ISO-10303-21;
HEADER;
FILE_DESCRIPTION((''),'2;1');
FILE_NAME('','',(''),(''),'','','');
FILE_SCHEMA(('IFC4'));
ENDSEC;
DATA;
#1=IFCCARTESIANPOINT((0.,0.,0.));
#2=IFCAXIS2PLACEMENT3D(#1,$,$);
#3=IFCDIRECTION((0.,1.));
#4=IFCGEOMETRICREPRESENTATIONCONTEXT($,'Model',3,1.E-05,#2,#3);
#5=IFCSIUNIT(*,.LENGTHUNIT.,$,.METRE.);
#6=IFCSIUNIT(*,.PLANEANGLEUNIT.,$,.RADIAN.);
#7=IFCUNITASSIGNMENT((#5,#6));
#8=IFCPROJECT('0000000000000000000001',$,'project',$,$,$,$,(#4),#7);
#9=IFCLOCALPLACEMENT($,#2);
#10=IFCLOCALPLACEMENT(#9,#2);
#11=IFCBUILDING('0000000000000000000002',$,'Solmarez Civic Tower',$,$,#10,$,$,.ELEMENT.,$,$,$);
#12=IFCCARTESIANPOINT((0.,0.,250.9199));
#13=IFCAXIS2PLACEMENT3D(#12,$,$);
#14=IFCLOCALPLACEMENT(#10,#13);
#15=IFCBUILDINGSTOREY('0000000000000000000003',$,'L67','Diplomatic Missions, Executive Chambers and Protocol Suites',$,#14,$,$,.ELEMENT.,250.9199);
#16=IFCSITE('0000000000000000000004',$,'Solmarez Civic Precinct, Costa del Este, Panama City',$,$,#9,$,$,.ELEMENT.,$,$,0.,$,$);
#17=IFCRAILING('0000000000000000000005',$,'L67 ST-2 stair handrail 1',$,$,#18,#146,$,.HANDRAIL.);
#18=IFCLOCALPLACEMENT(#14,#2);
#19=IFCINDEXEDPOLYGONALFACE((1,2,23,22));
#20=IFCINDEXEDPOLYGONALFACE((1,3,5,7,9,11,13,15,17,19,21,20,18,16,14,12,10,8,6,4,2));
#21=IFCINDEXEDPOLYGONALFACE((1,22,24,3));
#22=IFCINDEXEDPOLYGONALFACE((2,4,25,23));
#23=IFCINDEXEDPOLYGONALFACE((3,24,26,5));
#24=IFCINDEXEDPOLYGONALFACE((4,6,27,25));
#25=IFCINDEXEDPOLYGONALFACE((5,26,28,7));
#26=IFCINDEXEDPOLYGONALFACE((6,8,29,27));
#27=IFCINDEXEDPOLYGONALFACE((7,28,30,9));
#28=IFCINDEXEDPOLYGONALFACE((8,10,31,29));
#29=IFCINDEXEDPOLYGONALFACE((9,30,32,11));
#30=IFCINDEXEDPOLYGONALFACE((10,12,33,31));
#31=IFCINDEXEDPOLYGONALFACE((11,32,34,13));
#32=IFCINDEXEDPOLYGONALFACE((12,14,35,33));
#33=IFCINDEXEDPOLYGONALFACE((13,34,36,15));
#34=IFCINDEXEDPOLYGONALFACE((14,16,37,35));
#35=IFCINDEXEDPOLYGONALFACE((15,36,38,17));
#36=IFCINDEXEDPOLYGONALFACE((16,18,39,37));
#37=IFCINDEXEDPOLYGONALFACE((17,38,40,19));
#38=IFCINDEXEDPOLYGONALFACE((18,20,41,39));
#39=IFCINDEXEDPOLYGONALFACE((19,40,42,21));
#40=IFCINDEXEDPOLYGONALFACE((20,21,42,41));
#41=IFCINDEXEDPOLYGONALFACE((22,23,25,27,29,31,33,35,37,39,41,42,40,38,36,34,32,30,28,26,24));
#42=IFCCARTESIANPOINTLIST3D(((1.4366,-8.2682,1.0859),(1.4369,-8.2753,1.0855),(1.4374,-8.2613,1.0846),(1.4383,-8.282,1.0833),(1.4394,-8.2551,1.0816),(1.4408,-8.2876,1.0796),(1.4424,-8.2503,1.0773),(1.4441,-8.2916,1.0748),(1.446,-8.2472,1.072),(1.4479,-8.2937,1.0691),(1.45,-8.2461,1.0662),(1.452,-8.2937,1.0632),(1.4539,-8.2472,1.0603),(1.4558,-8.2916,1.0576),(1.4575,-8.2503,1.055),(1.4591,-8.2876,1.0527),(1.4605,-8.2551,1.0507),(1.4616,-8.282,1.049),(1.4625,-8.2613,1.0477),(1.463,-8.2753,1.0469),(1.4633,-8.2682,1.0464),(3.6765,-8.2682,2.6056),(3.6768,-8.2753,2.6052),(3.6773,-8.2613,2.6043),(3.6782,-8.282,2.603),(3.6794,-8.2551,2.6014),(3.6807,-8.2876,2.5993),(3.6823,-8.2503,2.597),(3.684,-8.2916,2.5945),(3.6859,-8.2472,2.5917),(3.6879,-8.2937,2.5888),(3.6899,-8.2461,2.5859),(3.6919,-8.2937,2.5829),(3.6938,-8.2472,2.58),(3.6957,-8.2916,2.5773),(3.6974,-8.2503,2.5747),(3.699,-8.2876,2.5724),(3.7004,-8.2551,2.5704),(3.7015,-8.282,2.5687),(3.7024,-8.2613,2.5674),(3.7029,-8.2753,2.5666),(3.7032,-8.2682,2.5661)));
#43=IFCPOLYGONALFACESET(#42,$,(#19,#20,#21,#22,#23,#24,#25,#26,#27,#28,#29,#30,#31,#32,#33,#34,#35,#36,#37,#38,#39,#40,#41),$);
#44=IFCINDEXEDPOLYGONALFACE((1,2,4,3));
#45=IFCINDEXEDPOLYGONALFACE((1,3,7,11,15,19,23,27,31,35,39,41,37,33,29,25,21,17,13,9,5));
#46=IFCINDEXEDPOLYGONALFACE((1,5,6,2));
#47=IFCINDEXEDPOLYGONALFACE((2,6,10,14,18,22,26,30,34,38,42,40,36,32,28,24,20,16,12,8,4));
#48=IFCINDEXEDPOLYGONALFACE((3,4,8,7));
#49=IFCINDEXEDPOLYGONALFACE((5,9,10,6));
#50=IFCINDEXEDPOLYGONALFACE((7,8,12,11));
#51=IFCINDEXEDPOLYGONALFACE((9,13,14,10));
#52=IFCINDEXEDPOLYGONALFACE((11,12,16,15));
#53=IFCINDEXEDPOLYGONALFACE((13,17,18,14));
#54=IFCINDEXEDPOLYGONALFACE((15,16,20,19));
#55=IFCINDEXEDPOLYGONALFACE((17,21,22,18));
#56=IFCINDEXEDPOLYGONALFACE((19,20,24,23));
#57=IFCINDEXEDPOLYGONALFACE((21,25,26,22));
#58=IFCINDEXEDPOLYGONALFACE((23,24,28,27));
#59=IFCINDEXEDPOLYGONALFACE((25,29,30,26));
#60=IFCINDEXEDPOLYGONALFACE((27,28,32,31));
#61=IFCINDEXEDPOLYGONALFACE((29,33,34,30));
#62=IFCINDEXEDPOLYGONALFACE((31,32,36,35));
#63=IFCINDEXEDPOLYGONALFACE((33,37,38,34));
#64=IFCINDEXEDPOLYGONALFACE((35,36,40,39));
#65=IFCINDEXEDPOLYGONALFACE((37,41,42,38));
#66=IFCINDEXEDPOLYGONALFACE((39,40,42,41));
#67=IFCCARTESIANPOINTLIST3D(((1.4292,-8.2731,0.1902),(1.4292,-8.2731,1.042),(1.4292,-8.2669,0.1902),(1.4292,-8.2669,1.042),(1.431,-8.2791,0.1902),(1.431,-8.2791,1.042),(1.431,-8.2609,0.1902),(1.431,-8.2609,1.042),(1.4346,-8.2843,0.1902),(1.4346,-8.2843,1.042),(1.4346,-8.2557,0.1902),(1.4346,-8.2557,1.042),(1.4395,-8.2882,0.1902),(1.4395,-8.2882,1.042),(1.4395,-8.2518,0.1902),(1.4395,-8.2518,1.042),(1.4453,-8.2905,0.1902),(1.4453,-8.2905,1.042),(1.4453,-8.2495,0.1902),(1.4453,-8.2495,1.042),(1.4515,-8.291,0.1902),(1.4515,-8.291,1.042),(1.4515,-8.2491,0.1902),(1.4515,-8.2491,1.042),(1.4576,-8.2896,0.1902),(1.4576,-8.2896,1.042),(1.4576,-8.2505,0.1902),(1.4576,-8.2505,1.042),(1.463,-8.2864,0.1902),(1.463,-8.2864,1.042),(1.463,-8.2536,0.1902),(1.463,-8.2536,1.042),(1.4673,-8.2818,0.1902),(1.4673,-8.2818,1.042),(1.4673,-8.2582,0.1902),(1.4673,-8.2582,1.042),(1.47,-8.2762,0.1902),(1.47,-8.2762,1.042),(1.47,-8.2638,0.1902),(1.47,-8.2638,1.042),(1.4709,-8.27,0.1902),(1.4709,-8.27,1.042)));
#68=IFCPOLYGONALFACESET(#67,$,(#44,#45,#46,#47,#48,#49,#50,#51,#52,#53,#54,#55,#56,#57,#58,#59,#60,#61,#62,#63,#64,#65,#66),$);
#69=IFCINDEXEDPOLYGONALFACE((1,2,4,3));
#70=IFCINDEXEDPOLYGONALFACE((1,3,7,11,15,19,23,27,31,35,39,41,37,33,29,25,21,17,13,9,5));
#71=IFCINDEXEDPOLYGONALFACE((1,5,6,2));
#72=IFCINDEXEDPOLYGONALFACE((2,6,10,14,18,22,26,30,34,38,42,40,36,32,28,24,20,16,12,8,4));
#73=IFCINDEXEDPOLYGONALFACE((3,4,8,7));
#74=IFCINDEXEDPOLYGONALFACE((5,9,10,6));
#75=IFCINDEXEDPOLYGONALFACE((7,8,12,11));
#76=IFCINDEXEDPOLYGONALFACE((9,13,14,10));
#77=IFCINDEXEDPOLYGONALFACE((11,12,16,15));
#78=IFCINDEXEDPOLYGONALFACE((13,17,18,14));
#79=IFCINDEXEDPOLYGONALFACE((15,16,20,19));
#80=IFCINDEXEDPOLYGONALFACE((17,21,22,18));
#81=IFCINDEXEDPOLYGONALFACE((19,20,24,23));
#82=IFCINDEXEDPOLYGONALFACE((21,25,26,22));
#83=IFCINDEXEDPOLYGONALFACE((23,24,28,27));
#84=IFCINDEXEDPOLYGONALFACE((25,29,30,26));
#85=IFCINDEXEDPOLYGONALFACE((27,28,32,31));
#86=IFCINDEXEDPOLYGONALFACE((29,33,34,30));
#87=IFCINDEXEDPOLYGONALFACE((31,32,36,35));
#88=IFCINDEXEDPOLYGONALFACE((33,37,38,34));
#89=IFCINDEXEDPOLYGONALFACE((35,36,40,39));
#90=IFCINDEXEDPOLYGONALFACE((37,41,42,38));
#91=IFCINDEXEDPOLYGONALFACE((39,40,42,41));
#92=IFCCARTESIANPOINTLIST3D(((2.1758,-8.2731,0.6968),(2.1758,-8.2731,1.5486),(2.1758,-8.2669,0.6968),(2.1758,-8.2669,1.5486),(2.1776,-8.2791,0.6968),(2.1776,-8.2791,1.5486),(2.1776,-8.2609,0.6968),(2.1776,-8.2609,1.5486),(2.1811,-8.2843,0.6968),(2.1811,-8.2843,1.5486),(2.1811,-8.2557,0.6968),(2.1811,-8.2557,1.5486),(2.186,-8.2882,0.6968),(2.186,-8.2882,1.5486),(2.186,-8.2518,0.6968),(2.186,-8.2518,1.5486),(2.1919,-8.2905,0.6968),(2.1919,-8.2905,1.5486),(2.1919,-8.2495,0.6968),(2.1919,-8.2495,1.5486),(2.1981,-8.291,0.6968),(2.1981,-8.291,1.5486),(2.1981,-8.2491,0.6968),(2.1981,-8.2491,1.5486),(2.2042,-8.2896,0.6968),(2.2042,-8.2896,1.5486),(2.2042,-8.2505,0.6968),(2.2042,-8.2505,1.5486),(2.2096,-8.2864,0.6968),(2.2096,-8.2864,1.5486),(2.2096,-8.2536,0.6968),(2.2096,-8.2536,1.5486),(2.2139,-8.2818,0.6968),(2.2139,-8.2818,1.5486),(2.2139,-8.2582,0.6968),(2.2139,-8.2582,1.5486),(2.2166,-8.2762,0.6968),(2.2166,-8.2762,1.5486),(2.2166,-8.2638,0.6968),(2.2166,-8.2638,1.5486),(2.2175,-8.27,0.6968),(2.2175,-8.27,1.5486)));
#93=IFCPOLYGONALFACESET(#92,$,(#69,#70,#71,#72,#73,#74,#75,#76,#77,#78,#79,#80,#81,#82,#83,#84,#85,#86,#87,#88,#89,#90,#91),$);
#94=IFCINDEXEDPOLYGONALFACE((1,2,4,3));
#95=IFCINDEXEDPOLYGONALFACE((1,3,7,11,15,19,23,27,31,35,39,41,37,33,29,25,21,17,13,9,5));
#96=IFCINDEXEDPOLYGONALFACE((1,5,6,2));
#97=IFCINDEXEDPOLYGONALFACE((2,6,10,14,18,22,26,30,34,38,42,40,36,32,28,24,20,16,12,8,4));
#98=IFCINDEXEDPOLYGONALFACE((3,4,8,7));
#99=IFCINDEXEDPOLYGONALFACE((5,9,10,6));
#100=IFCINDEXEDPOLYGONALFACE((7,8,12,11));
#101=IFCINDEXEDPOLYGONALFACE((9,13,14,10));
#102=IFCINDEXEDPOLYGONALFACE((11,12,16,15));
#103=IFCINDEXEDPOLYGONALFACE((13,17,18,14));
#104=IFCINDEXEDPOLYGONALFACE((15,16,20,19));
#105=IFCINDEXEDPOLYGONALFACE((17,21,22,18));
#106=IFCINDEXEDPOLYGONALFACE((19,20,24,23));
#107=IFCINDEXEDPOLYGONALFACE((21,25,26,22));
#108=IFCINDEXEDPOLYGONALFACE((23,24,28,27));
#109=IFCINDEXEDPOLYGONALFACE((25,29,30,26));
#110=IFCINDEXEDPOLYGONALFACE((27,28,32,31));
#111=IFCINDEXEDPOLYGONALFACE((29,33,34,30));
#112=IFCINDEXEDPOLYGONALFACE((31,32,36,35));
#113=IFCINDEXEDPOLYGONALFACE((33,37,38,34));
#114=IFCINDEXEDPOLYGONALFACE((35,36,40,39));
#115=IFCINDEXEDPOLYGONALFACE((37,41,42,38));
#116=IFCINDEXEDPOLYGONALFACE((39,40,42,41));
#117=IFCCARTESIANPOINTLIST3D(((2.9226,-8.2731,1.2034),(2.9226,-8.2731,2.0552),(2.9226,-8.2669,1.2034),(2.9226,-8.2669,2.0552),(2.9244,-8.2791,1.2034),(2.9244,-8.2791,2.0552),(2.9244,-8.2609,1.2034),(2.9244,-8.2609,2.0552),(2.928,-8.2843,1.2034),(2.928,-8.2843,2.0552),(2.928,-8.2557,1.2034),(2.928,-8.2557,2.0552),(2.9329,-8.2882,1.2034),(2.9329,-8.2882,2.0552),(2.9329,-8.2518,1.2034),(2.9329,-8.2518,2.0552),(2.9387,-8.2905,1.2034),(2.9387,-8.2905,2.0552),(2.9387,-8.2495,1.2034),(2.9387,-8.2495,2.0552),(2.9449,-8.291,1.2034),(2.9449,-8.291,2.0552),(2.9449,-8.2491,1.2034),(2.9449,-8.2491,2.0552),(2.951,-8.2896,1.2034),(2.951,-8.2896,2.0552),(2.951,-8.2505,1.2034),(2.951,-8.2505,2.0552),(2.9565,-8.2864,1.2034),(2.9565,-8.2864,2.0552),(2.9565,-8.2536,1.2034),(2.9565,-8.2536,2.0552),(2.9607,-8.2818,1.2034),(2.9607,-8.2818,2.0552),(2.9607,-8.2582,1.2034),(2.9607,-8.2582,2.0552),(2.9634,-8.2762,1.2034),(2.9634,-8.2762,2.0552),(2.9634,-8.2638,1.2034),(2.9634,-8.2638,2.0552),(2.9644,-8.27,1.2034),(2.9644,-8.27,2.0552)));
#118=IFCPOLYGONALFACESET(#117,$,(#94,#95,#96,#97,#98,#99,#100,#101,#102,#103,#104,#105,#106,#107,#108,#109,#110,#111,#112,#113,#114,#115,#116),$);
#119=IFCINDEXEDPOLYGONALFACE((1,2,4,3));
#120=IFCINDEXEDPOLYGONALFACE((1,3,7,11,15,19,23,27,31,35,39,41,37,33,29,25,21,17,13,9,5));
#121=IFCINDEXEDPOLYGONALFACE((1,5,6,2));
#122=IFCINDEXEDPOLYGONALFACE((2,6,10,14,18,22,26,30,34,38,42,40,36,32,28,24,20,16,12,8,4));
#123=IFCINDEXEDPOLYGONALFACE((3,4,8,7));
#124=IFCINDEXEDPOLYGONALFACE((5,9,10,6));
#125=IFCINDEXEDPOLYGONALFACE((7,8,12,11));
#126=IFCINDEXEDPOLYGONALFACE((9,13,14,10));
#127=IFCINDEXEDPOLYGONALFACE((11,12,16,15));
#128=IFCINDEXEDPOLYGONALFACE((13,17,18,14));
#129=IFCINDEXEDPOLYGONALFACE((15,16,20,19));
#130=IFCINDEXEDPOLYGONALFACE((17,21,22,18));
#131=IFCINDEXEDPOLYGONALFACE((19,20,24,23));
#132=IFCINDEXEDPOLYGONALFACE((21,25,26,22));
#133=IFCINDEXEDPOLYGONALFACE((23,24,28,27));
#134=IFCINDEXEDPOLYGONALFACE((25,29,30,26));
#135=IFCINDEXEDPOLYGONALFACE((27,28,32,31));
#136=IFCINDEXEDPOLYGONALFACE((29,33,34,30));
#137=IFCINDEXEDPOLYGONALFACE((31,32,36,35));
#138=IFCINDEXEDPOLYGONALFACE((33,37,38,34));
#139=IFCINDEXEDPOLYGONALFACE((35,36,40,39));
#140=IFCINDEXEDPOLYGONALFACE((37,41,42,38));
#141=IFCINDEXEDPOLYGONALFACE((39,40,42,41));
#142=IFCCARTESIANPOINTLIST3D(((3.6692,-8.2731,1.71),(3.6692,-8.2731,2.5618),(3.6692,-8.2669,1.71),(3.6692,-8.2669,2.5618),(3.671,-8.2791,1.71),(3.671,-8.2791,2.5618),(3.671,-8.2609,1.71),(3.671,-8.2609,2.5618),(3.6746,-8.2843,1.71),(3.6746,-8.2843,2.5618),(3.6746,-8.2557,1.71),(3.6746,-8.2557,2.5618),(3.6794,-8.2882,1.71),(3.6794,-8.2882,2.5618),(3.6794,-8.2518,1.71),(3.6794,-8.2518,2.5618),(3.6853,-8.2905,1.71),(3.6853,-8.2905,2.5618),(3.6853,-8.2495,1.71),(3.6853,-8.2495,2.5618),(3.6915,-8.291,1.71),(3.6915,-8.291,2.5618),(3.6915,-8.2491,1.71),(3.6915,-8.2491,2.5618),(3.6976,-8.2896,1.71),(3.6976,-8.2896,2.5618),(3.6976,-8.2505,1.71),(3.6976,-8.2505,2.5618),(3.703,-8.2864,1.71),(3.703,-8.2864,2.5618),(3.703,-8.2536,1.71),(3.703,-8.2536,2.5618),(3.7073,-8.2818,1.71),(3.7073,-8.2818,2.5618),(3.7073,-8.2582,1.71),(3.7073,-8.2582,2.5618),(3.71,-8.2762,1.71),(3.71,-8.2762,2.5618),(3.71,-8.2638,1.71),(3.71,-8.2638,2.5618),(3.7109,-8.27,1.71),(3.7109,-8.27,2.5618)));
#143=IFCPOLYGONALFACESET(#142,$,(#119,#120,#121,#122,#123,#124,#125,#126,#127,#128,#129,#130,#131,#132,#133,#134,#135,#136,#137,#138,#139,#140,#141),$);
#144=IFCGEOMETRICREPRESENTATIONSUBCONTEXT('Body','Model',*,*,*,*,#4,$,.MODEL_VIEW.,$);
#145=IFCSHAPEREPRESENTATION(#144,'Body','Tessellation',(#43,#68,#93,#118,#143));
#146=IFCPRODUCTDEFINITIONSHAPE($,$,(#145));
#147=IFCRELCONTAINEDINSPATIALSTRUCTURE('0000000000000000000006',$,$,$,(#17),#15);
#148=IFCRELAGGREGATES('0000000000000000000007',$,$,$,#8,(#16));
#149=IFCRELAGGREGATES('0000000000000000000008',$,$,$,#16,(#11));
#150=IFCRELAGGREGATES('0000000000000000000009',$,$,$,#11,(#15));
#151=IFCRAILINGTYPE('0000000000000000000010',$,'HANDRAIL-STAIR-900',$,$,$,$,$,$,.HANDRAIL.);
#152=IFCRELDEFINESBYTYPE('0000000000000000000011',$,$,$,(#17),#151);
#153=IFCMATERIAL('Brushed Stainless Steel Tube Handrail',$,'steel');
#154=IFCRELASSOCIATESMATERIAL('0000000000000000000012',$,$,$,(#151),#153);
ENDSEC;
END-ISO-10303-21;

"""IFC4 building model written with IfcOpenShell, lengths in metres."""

from ifc_helpers import new_model, si_unit, direction, frame, origin, origin_2d, place, context, subcontext, project, spatial, circle, extrude, material, type_object, element, save


model = new_model("IFC4")

# Units and contexts
model_context = context("Model", 3, precision=1e-05, world=origin(), true_north=direction((0.0, 1.0)))
body_context = subcontext(model_context, "Body", "Model", "MODEL_VIEW")
ifc_project = project(units=[si_unit("LENGTHUNIT", "METRE"), si_unit("PLANEANGLEUNIT", "RADIAN")], contexts=[model_context])

# Site, building, storey
site_placement = place(None, origin())
site = spatial("IfcSite", under=ifc_project, at=site_placement, Name="Solmarez Civic Precinct, Costa del Este, Panama City", CompositionType="ELEMENT", RefElevation=0.0)
building_placement = place(site_placement, origin())
building = spatial("IfcBuilding", under=site, at=building_placement, Name="Solmarez Civic Tower", CompositionType="ELEMENT")
storey_placement = place(building_placement, frame((0.0, 0.0, 250.9199)))
storey = spatial("IfcBuildingStorey", under=building, at=storey_placement, Name="L67", Description="Diplomatic Missions, Executive Chambers and Protocol Suites", CompositionType="ELEMENT", Elevation=250.9199)

# Railing
ifc_material_1 = material(Name="Brushed Stainless Steel Tube Handrail", Category="steel")
railing_type_1 = type_object("IfcRailingType", Name="HANDRAIL-STAIR-900", PredefinedType="HANDRAIL", material=ifc_material_1)
railing_1_placement = place(storey_placement, frame((1.45, -8.27, 0.1902)))
element("IfcRailing", 1, at=railing_1_placement, inside=storey, type_object=railing_type_1, Name="L67 ST-2 stair handrail 1", PredefinedType="HANDRAIL", context=body_context, shape_type="SweptSolid", body=[
    extrude(circle(Radius=0.0239, at=origin_2d()), frame((0.0, 0.0, 0.876), z_axis=(0.827513, 0.0, 0.561446), x_axis=(0.0, 1.0, 0.0)), (0.0, 0.0, 1.0), 2.7068),
    extrude(circle(Radius=0.021, at=origin_2d()), origin(), (0.0, 0.0, 1.0), 0.8518),
    extrude(circle(Radius=0.021, at=origin_2d()), frame((0.7466, 0.0, 0.5066)), (0.0, 0.0, 1.0), 0.8518),
    extrude(circle(Radius=0.021, at=origin_2d()), frame((1.4934, 0.0, 1.0132)), (0.0, 0.0, 1.0), 0.8518),
    extrude(circle(Radius=0.021, at=origin_2d()), frame((2.24, 0.0, 1.5198)), (0.0, 0.0, 1.0), 0.8518),
])

save(model, "model.ifc")
